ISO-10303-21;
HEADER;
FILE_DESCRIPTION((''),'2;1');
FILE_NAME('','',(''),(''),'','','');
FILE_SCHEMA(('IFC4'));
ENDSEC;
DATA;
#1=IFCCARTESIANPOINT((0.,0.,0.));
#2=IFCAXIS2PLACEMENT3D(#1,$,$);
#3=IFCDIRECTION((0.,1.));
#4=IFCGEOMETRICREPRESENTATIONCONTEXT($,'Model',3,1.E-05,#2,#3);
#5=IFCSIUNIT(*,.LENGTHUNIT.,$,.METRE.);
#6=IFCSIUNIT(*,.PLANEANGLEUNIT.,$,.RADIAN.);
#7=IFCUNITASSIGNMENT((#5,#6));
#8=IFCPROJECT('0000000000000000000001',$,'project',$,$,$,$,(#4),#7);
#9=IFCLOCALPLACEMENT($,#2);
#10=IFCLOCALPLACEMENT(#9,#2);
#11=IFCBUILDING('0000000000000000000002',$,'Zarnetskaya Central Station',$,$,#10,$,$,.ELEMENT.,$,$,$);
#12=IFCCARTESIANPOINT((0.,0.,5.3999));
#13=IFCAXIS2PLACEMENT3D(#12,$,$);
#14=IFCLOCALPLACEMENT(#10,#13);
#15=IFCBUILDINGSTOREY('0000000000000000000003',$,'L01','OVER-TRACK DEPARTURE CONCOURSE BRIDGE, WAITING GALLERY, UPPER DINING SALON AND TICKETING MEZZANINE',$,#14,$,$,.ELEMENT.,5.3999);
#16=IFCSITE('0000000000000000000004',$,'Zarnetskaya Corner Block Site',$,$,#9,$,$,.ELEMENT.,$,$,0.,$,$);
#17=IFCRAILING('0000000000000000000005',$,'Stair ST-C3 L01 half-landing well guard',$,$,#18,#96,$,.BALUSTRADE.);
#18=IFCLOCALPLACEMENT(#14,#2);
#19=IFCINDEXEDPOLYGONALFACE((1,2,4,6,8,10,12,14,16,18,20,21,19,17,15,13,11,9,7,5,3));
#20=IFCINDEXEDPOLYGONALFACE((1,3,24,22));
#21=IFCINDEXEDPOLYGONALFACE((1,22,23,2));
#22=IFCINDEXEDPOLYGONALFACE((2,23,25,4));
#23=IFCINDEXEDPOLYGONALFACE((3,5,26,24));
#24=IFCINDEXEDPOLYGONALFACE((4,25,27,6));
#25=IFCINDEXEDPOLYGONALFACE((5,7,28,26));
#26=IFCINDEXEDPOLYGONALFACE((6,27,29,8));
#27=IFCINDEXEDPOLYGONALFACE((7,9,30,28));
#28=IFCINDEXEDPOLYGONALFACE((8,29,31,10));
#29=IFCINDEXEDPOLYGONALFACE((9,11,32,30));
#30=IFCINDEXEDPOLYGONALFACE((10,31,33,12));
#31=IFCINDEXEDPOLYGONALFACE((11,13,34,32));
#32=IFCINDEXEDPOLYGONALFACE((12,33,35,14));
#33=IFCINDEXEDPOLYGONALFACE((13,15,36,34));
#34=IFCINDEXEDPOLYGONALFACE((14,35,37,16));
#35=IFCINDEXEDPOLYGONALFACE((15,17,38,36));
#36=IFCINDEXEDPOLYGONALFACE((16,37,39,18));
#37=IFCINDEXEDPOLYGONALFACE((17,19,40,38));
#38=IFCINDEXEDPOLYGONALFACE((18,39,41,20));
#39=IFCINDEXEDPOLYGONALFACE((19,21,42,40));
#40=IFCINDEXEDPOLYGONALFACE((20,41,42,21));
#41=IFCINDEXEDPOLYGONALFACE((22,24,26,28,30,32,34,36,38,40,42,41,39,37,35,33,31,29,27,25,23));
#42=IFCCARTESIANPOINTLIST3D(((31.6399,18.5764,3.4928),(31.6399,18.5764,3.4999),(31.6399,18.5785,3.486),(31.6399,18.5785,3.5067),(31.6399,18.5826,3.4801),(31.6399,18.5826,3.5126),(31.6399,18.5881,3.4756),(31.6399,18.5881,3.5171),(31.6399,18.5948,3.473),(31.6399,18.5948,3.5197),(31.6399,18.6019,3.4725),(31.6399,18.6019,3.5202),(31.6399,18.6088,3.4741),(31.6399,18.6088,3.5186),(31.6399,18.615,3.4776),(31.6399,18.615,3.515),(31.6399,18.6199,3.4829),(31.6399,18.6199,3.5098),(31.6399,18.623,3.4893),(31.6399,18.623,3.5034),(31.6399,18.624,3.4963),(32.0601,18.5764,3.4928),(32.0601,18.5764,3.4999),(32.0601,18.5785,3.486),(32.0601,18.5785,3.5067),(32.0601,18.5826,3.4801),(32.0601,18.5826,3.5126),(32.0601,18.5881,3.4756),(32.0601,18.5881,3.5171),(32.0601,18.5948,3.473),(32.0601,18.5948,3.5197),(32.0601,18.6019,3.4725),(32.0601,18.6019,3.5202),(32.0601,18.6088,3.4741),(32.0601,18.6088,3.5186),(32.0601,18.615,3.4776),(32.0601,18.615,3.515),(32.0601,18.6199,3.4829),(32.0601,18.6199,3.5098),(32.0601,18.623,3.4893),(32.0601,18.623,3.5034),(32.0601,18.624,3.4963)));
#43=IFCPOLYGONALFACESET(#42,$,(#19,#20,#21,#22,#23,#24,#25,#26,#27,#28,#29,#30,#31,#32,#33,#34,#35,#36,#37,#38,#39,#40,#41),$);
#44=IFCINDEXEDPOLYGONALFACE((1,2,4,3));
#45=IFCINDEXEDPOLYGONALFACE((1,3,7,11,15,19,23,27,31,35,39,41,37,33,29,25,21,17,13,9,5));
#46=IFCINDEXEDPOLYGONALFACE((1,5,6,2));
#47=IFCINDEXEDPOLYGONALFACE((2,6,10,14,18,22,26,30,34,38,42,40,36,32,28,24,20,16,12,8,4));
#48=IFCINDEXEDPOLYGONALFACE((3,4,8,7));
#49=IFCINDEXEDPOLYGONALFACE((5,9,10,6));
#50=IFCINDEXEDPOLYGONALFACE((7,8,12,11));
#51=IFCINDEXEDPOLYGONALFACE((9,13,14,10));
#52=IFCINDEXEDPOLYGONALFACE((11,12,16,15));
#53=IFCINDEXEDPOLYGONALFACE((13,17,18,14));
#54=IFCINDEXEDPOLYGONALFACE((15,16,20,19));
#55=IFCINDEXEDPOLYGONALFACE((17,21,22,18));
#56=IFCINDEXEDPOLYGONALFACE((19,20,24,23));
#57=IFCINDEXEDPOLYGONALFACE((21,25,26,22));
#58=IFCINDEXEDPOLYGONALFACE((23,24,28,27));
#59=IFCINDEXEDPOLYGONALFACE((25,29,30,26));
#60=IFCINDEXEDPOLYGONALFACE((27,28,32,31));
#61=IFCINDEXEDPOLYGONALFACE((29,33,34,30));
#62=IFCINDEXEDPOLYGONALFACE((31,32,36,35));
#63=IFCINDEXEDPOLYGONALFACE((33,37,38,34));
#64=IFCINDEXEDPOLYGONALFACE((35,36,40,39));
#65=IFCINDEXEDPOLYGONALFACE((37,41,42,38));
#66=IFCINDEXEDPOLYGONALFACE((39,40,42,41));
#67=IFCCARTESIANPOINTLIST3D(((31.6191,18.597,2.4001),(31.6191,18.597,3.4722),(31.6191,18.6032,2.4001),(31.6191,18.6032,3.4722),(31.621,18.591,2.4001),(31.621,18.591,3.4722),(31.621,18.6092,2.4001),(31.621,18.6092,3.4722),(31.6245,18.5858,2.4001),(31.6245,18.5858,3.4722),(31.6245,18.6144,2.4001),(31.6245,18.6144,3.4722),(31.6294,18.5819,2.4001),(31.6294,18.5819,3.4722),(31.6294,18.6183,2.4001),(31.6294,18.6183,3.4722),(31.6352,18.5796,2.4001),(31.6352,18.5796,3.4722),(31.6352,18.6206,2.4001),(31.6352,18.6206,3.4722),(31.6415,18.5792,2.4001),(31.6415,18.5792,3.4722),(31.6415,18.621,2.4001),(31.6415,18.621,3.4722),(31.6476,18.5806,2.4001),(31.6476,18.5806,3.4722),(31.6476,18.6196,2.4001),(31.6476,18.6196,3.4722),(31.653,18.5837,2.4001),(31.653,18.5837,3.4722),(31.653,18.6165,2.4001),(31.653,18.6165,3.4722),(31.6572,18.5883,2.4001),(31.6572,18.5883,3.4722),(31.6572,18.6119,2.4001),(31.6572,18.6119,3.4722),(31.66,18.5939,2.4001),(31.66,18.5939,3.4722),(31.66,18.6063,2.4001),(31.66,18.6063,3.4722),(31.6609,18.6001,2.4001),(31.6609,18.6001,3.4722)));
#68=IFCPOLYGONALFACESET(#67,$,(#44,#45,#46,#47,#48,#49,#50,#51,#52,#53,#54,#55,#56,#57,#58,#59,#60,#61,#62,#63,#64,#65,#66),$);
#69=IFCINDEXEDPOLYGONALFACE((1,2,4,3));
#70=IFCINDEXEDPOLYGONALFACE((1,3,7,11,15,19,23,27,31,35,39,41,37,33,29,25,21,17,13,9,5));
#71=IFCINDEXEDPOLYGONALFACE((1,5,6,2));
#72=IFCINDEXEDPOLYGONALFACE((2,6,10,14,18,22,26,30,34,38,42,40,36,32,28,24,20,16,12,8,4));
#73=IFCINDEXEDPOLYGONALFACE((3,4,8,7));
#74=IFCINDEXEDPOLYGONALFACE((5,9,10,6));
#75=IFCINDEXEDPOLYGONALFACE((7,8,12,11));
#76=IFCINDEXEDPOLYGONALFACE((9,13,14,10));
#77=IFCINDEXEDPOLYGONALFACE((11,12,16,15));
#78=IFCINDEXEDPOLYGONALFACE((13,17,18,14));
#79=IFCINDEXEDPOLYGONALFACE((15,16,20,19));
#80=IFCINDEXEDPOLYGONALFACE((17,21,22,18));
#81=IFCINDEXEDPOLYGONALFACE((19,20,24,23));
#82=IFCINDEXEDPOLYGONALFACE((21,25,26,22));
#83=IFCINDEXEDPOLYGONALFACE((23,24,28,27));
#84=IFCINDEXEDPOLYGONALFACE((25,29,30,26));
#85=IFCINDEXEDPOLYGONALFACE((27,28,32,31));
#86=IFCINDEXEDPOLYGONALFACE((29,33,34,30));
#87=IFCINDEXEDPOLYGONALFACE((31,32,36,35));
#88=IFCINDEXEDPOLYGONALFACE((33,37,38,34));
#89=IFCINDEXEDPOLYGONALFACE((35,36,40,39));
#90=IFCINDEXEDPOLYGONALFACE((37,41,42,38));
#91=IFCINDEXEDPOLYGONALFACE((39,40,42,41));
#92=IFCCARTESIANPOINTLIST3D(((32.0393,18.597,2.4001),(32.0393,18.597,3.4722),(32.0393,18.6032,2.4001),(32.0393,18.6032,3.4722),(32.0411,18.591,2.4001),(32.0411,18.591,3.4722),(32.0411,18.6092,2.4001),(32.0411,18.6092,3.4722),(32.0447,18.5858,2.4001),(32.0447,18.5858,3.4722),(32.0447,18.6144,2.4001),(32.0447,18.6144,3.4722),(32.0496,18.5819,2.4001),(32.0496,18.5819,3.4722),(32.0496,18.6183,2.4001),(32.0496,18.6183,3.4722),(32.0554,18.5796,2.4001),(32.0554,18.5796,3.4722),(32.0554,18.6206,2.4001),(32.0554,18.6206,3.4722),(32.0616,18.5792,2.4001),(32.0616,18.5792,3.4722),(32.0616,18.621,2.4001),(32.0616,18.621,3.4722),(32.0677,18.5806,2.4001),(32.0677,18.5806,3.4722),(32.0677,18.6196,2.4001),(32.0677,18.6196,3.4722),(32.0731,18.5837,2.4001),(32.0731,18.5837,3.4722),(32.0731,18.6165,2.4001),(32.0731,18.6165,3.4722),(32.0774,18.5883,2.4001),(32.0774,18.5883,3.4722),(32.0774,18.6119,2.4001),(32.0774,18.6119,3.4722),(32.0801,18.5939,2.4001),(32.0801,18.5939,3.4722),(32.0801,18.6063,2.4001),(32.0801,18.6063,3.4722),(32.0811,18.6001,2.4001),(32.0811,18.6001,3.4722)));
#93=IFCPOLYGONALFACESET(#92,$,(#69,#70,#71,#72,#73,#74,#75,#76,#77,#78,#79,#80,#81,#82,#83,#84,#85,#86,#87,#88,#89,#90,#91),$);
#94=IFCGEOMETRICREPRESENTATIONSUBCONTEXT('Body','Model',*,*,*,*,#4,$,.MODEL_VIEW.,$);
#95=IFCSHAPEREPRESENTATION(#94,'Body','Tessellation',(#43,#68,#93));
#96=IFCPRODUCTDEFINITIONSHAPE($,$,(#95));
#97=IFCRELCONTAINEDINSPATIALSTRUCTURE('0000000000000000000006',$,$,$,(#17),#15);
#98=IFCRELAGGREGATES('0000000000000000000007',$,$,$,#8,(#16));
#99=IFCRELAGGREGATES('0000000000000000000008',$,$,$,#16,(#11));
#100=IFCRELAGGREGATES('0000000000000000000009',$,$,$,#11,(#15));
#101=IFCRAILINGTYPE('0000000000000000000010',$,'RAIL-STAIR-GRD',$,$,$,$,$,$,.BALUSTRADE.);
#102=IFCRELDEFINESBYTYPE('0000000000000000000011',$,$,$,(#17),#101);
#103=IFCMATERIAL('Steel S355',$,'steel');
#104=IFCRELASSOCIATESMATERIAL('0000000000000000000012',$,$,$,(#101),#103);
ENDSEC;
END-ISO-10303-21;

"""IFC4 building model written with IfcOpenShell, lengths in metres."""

from ifc_helpers import new_model, si_unit, direction, frame, origin, origin_2d, place, context, subcontext, project, spatial, circle, extrude, material, type_object, element, save


model = new_model("IFC4")

# Units and contexts
model_context = context("Model", 3, precision=1e-05, world=origin(), true_north=direction((0.0, 1.0)))
body_context = subcontext(model_context, "Body", "Model", "MODEL_VIEW")
ifc_project = project(units=[si_unit("LENGTHUNIT", "METRE"), si_unit("PLANEANGLEUNIT", "RADIAN")], contexts=[model_context])

# Site, building, storey
site_placement = place(None, origin())
site = spatial("IfcSite", under=ifc_project, at=site_placement, Name="Zarnetskaya Corner Block Site", CompositionType="ELEMENT", RefElevation=0.0)
building_placement = place(site_placement, origin())
building = spatial("IfcBuilding", under=site, at=building_placement, Name="Zarnetskaya Central Station", CompositionType="ELEMENT")
storey_placement = place(building_placement, frame((0.0, 0.0, 5.3999)))
storey = spatial("IfcBuildingStorey", under=building, at=storey_placement, Name="L01", Description="OVER-TRACK DEPARTURE CONCOURSE BRIDGE, WAITING GALLERY, UPPER DINING SALON AND TICKETING MEZZANINE", CompositionType="ELEMENT", Elevation=5.3999)

# Shared definitions
ifc_material_1 = material(Name="Steel S355", Category="steel")

# Railing
railing_type_1 = type_object("IfcRailingType", Name="RAIL-STAIR-GRD", PredefinedType="BALUSTRADE", material=ifc_material_1)
railing_1_placement = place(storey_placement, frame((31.6399, 18.6001, 2.4001)))
element("IfcRailing", 1, at=railing_1_placement, inside=storey, type_object=railing_type_1, Name="Stair ST-C3 L01 half-landing well guard", PredefinedType="BALUSTRADE", context=body_context, shape_type="SweptSolid", body=[
    extrude(circle(Radius=0.0239, at=origin_2d()), frame((0.0, 0.0, 1.0962), z_axis=(1.0, 0.0, 0.0), x_axis=(0.0, 1.0, 0.0)), (0.0, 0.0, 1.0), 0.4202),
    extrude(circle(Radius=0.021, at=origin_2d()), origin(), (0.0, 0.0, 1.0), 1.072),
    extrude(circle(Radius=0.021, at=origin_2d()), frame((0.4202, 0.0, 0.0)), (0.0, 0.0, 1.0), 1.072),
])

save(model, "model.ifc")
